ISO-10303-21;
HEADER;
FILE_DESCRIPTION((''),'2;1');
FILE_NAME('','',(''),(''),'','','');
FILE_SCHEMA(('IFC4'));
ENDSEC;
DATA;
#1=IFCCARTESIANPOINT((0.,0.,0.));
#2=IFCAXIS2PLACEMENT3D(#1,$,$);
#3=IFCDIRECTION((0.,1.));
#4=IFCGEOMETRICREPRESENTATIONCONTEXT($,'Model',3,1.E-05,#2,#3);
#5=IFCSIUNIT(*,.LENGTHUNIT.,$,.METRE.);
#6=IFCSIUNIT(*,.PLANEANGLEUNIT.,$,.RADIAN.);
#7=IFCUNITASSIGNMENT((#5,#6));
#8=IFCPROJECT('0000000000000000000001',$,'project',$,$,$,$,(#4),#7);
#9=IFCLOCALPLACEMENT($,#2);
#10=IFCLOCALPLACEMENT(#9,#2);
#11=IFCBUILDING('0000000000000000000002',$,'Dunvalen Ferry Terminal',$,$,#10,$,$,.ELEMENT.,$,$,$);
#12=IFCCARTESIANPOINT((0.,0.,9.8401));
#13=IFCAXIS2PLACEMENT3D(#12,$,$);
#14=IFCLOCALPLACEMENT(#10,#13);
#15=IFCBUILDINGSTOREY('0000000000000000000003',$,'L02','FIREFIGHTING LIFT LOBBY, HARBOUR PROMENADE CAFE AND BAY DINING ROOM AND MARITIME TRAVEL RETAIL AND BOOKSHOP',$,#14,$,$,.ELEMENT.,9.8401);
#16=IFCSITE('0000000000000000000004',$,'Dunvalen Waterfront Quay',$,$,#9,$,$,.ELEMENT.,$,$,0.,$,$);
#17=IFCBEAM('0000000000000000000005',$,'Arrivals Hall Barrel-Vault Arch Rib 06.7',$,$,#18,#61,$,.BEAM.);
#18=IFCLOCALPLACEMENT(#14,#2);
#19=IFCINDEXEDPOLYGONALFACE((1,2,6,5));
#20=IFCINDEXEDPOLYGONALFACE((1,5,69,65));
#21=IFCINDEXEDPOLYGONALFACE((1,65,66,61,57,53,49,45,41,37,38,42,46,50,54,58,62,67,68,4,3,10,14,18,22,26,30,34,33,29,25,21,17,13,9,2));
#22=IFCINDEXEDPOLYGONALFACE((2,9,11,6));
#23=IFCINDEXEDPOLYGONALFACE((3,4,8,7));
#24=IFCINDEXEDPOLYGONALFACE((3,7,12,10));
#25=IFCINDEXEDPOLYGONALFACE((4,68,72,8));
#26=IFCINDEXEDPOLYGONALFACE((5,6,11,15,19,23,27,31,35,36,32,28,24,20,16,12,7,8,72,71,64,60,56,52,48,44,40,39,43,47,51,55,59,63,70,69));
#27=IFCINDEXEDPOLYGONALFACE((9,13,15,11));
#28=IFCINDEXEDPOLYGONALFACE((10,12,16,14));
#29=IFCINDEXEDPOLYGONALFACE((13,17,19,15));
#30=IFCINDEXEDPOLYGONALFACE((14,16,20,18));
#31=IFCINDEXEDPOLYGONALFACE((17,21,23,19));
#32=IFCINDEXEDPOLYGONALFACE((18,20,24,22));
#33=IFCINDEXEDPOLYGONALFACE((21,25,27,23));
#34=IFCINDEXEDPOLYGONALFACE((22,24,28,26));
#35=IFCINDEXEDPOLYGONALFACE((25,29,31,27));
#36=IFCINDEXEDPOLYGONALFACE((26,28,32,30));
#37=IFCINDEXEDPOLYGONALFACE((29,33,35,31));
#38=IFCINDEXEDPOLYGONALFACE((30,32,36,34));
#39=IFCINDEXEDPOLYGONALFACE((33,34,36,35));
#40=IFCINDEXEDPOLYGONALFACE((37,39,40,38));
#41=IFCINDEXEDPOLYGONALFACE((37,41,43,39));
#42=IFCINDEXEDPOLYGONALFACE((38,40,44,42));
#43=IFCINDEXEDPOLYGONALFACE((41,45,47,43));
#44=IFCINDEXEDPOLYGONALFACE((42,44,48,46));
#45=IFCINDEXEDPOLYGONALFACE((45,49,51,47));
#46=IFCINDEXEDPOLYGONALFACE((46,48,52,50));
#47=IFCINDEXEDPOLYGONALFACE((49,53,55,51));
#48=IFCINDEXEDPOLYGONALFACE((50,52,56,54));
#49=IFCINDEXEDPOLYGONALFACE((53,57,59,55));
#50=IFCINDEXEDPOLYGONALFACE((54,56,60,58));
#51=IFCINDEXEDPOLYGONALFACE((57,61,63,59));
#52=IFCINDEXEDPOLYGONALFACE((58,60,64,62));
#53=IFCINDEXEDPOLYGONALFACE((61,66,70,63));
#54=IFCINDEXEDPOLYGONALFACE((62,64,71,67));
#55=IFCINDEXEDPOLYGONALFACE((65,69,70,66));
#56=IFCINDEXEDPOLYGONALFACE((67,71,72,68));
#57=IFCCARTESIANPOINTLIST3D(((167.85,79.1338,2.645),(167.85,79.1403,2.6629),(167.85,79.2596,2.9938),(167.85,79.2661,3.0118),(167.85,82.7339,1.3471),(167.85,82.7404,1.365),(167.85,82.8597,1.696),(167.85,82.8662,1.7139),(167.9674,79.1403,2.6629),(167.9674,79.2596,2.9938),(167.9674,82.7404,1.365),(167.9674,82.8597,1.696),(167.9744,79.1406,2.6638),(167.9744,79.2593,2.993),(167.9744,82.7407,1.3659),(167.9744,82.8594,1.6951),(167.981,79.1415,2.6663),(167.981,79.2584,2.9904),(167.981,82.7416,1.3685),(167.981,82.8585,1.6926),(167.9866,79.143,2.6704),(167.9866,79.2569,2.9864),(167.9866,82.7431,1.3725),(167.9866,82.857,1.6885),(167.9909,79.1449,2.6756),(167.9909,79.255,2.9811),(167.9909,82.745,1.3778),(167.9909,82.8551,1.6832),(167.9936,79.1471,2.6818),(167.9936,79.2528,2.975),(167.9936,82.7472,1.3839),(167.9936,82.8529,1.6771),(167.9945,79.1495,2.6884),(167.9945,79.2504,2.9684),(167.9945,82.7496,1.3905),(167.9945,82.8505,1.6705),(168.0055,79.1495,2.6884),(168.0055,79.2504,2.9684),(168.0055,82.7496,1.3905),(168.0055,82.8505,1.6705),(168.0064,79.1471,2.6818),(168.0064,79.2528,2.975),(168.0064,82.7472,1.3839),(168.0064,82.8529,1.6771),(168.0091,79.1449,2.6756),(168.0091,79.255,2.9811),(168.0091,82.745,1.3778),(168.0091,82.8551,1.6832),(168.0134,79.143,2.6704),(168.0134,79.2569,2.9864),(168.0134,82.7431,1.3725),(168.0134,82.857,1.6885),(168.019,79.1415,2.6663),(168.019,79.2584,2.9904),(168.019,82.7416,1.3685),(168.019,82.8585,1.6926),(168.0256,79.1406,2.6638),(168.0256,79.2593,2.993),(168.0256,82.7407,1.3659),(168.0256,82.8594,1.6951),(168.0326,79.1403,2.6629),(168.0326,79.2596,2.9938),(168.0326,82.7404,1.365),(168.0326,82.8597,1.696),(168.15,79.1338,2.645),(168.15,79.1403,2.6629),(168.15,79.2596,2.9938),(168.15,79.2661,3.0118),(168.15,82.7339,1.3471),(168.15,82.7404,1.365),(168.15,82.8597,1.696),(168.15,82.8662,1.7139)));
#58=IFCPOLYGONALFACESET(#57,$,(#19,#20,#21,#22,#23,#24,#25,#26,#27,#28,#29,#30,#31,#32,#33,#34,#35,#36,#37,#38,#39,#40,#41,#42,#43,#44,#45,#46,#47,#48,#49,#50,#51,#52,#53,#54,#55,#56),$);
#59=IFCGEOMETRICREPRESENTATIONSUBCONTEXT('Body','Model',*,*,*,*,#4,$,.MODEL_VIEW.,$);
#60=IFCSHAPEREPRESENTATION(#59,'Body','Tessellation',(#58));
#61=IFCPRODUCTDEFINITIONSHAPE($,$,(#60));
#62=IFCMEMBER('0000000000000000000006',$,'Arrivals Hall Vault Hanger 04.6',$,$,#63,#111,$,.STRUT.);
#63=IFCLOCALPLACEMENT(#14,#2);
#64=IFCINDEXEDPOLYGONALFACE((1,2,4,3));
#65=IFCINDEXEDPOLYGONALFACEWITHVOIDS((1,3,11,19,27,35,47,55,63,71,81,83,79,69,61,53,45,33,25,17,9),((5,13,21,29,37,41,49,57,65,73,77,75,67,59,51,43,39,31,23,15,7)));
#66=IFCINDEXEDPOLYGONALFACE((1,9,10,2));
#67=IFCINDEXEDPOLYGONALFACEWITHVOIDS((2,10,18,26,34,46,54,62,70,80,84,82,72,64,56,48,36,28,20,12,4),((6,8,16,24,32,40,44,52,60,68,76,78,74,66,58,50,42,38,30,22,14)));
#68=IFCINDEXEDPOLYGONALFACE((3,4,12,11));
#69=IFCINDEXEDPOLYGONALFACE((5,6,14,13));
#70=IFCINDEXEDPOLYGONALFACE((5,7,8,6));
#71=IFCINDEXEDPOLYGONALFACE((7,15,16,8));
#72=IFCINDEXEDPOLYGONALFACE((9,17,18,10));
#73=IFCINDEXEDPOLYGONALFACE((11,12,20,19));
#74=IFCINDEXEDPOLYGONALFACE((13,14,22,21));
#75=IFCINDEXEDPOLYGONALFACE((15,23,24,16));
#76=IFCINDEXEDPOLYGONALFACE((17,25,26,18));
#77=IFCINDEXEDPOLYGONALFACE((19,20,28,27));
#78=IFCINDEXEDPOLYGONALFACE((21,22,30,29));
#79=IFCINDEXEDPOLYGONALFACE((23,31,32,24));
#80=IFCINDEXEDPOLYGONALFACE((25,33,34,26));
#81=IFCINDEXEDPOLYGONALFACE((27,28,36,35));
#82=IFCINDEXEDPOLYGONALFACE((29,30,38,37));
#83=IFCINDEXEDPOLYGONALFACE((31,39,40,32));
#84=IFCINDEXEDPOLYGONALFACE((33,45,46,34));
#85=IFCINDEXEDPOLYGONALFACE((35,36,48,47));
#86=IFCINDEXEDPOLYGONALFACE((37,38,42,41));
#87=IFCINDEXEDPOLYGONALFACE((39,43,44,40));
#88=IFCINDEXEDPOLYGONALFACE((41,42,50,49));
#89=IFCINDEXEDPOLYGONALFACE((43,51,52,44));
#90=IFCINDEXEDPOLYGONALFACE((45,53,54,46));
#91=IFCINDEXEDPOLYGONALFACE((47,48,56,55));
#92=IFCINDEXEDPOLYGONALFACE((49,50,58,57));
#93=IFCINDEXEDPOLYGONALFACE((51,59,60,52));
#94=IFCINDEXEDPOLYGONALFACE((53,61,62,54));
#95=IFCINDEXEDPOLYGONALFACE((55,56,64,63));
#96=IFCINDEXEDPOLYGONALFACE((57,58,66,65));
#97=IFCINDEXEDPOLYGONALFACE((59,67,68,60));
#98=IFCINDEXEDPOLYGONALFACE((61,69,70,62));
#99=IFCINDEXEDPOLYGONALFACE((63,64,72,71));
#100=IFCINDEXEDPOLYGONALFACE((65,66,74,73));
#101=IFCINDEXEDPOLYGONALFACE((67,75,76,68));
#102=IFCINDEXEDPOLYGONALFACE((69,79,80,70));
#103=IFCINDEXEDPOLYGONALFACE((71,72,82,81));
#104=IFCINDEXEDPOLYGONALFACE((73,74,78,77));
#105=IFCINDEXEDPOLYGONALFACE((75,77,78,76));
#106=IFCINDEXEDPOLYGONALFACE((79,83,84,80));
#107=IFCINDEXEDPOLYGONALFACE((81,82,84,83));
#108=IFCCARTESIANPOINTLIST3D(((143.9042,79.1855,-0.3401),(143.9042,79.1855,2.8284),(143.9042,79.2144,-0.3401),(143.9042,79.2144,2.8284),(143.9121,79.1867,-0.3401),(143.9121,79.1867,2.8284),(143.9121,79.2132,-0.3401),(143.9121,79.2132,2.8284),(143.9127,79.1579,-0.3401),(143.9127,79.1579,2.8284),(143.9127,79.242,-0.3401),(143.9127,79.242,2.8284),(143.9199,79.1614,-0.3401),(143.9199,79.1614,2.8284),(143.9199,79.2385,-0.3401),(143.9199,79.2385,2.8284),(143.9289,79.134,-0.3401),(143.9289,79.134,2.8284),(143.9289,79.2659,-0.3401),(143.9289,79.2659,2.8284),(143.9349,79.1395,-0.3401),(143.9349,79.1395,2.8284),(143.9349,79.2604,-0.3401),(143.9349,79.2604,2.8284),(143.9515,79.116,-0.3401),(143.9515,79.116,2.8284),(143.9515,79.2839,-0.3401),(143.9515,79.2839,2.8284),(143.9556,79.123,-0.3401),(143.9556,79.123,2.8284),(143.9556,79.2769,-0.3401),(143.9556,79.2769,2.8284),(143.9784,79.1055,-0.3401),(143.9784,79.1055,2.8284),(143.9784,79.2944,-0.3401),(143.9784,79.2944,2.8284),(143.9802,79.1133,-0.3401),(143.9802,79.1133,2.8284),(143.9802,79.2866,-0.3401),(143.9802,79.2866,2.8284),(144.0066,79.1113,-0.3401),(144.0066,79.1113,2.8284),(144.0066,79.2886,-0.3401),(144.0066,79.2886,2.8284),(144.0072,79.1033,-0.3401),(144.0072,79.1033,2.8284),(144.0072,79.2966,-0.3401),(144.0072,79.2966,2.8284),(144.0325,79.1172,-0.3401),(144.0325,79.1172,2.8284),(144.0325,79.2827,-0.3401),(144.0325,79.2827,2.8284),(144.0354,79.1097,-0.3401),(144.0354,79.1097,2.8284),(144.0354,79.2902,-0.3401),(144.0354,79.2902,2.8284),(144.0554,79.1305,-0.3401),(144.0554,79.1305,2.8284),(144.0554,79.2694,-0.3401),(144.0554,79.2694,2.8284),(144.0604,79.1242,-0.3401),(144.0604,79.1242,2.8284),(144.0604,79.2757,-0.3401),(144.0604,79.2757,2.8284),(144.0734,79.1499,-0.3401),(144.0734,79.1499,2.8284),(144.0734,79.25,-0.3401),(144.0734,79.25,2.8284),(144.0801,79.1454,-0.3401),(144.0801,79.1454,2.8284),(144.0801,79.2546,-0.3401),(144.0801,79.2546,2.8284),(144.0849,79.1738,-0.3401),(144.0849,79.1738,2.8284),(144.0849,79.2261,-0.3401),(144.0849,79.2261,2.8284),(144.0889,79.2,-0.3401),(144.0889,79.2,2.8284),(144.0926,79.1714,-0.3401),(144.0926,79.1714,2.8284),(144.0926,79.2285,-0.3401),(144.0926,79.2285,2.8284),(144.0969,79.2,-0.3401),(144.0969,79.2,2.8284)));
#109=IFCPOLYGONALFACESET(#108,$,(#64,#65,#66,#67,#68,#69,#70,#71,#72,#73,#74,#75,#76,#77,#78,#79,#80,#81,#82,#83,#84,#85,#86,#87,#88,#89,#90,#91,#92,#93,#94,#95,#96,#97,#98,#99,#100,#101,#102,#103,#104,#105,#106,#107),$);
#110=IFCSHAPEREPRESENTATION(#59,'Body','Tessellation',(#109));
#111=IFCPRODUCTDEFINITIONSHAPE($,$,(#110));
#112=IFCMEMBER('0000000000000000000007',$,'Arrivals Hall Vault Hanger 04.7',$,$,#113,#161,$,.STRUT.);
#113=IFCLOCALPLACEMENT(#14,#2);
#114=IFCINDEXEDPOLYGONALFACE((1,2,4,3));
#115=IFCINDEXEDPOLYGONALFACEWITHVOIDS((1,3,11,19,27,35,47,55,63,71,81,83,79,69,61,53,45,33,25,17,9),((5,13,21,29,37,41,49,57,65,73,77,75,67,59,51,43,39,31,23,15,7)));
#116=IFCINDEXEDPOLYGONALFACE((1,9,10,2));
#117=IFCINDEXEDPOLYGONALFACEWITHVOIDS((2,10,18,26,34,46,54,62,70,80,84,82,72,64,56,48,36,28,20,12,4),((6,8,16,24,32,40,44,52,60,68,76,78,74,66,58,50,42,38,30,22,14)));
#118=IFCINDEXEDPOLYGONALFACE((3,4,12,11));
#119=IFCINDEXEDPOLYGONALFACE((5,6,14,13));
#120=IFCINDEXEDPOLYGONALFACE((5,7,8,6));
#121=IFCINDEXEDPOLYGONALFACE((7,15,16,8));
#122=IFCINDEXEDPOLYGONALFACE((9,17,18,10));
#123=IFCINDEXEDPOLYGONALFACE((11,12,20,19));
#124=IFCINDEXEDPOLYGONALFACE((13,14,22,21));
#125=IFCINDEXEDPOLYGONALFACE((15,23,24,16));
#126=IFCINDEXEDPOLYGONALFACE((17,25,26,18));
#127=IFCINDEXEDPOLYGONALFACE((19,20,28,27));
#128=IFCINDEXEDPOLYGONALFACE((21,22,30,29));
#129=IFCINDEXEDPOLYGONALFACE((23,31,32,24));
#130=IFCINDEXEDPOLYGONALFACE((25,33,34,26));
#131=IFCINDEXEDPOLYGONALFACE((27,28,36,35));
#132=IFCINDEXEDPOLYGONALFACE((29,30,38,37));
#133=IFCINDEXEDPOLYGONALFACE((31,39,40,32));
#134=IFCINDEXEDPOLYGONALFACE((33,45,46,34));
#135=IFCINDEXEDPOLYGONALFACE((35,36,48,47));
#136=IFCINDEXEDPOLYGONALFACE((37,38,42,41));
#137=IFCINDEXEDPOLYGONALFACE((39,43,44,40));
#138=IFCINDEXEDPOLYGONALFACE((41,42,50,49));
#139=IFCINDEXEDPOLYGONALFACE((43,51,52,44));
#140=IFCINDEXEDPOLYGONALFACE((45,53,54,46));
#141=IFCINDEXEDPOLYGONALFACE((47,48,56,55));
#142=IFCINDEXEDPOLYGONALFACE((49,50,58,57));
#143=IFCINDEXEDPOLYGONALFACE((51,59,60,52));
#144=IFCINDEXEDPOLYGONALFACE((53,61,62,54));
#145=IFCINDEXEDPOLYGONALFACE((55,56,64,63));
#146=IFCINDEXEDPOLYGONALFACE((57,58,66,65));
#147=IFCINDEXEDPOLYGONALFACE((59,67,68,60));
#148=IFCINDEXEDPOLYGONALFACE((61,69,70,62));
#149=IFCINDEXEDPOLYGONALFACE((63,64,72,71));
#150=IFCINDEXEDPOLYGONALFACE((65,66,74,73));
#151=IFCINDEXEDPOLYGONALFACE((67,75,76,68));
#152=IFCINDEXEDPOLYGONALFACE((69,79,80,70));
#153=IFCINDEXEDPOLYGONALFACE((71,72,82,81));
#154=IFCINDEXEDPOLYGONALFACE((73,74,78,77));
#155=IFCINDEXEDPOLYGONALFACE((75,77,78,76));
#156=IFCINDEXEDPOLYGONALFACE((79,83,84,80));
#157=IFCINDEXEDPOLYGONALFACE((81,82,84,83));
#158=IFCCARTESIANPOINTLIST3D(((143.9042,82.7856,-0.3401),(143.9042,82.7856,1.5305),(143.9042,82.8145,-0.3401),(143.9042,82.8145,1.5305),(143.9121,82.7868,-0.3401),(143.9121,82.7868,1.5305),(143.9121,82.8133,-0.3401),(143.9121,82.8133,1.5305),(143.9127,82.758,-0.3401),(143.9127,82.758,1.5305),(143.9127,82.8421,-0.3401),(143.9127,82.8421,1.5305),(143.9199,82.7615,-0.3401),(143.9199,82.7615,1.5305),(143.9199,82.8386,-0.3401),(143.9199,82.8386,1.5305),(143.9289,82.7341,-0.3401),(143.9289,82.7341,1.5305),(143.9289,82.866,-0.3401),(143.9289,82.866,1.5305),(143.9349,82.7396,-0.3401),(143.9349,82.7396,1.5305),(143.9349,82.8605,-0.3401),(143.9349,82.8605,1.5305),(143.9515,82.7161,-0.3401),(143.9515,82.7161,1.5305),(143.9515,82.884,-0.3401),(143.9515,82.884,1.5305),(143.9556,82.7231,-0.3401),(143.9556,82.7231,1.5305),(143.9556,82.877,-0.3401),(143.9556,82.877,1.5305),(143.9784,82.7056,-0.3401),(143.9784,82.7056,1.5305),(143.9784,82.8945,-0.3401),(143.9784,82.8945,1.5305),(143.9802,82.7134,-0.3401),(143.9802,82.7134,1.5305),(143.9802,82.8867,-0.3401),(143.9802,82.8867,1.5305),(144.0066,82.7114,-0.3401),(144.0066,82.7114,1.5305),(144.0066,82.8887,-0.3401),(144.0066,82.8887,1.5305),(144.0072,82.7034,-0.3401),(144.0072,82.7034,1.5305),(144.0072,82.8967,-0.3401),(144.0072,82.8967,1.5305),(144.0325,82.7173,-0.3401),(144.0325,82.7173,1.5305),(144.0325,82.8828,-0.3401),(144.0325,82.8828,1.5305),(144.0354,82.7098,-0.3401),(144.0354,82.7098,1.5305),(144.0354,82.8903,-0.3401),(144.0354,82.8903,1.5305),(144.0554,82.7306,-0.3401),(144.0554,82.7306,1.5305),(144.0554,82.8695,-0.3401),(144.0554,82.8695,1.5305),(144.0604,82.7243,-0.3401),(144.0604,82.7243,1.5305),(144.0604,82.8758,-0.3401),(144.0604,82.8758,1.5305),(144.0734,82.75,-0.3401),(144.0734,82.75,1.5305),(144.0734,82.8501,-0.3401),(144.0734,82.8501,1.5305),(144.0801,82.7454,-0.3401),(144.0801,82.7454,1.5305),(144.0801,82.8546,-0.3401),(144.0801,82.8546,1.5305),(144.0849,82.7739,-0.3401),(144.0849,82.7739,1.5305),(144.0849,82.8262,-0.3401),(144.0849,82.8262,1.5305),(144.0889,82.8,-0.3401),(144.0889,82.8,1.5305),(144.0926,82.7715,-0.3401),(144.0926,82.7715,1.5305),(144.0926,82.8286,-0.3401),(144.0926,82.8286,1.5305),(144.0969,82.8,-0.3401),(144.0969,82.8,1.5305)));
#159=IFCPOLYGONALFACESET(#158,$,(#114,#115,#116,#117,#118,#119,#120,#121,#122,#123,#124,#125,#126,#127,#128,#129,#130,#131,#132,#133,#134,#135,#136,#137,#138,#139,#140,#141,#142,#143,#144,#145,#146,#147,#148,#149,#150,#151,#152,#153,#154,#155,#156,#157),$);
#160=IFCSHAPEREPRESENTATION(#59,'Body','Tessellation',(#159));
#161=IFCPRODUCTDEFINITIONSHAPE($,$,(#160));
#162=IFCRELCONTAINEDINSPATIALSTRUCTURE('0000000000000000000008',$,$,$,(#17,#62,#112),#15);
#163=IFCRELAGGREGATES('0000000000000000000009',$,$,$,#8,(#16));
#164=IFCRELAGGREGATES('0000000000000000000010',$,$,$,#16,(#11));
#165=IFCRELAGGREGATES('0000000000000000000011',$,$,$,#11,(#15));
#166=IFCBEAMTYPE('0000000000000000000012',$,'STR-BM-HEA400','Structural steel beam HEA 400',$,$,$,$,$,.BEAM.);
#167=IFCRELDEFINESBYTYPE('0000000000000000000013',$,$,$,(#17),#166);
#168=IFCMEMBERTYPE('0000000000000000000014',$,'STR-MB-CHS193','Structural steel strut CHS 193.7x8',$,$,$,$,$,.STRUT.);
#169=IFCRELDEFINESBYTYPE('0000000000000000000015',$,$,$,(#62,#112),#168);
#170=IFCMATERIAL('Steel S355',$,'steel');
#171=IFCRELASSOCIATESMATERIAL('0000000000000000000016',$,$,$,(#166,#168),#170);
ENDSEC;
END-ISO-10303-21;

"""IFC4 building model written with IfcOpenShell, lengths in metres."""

from ifc_helpers import new_model, si_unit, direction, frame, origin, origin_2d, place, context, subcontext, project, spatial, hollow_circle, i_section, extrude, material, material_profile, profile_set, type_object, element, save


model = new_model("IFC4")

# Units and contexts
model_context = context("Model", 3, precision=1e-05, world=origin(), true_north=direction((0.0, 1.0)))
body_context = subcontext(model_context, "Body", "Model", "MODEL_VIEW")
ifc_project = project(units=[si_unit("LENGTHUNIT", "METRE"), si_unit("PLANEANGLEUNIT", "RADIAN")], contexts=[model_context])

# Site, building, storey
site_placement = place(None, origin())
site = spatial("IfcSite", under=ifc_project, at=site_placement, Name="Dunvalen Waterfront Quay", CompositionType="ELEMENT", RefElevation=0.0)
building_placement = place(site_placement, origin())
building = spatial("IfcBuilding", under=site, at=building_placement, Name="Dunvalen Ferry Terminal", CompositionType="ELEMENT")
storey_placement = place(building_placement, frame((0.0, 0.0, 9.8401)))
storey = spatial("IfcBuildingStorey", under=building, at=storey_placement, Name="L02", Description="FIREFIGHTING LIFT LOBBY, HARBOUR PROMENADE CAFE AND BAY DINING ROOM AND MARITIME TRAVEL RETAIL AND BOOKSHOP", CompositionType="ELEMENT", Elevation=9.8401)

# Beam
ifc_material_1 = material(Name="Steel S355", Category="steel")
ifc_material_profile_1 = material_profile(ifc_material_1, i_section(OverallWidth=0.3, OverallDepth=0.3899, WebThickness=0.011, FlangeThickness=0.019, FilletRadius=0.0271, at=origin_2d()), Name="Steel S355")
ifc_profile_set_1 = profile_set([ifc_material_profile_1], Name="Steel S355")
beam_type = type_object("IfcBeamType", Name="STR-BM-HEA400", Description="Structural steel beam HEA 400", PredefinedType="BEAM", material=ifc_profile_set_1)
beam_1_placement = place(storey_placement, frame((168.0, 79.2, 2.8284), z_axis=(0.0, 0.940736, -0.33914), x_axis=(-1.0, 0.0, 0.0)))
element("IfcBeam", 1, at=beam_1_placement, inside=storey, type_object=beam_type, Name="Arrivals Hall Barrel-Vault Arch Rib 06.7", PredefinedType="BEAM", context=body_context, shape_type="SweptSolid", body=[
    extrude(i_section(OverallWidth=0.3, OverallDepth=0.3899, WebThickness=0.011, FlangeThickness=0.019, FilletRadius=0.0271, at=origin_2d()), origin(), (0.0, 0.0, 1.0), 3.8269),
])

# Members
ifc_material_profile_2 = material_profile(ifc_material_1, hollow_circle(Radius=0.0969, WallThickness=0.0081, at=origin_2d()), Name="Steel S355")
ifc_profile_set_2 = profile_set([ifc_material_profile_2], Name="Steel S355")
member_type_1 = type_object("IfcMemberType", Name="STR-MB-CHS193", Description="Structural steel strut CHS 193.7x8", PredefinedType="STRUT", material=ifc_profile_set_2)
member_1_placement = place(storey_placement, frame((144.0, 79.2, -0.3401), z_axis=(0.0, 0.0, 1.0), x_axis=(1.0, 0.0, 0.0)))
element("IfcMember", 2, at=member_1_placement, inside=storey, type_object=member_type_1, Name="Arrivals Hall Vault Hanger 04.6", PredefinedType="STRUT", context=body_context, shape_type="SweptSolid", body=[
    extrude(hollow_circle(Radius=0.0969, WallThickness=0.0081, at=origin_2d()), origin(), (0.0, 0.0, 1.0), 3.1685),
])
member_2_placement = place(storey_placement, frame((144.0, 82.8, -0.3401), z_axis=(0.0, 0.0, 1.0), x_axis=(1.0, 0.0, 0.0)))
element("IfcMember", 3, at=member_2_placement, inside=storey, type_object=member_type_1, Name="Arrivals Hall Vault Hanger 04.7", PredefinedType="STRUT", context=body_context, shape_type="SweptSolid", body=[
    extrude(hollow_circle(Radius=0.0969, WallThickness=0.0081, at=origin_2d()), origin(), (0.0, 0.0, 1.0), 1.8706),
])

save(model, "model.ifc")
